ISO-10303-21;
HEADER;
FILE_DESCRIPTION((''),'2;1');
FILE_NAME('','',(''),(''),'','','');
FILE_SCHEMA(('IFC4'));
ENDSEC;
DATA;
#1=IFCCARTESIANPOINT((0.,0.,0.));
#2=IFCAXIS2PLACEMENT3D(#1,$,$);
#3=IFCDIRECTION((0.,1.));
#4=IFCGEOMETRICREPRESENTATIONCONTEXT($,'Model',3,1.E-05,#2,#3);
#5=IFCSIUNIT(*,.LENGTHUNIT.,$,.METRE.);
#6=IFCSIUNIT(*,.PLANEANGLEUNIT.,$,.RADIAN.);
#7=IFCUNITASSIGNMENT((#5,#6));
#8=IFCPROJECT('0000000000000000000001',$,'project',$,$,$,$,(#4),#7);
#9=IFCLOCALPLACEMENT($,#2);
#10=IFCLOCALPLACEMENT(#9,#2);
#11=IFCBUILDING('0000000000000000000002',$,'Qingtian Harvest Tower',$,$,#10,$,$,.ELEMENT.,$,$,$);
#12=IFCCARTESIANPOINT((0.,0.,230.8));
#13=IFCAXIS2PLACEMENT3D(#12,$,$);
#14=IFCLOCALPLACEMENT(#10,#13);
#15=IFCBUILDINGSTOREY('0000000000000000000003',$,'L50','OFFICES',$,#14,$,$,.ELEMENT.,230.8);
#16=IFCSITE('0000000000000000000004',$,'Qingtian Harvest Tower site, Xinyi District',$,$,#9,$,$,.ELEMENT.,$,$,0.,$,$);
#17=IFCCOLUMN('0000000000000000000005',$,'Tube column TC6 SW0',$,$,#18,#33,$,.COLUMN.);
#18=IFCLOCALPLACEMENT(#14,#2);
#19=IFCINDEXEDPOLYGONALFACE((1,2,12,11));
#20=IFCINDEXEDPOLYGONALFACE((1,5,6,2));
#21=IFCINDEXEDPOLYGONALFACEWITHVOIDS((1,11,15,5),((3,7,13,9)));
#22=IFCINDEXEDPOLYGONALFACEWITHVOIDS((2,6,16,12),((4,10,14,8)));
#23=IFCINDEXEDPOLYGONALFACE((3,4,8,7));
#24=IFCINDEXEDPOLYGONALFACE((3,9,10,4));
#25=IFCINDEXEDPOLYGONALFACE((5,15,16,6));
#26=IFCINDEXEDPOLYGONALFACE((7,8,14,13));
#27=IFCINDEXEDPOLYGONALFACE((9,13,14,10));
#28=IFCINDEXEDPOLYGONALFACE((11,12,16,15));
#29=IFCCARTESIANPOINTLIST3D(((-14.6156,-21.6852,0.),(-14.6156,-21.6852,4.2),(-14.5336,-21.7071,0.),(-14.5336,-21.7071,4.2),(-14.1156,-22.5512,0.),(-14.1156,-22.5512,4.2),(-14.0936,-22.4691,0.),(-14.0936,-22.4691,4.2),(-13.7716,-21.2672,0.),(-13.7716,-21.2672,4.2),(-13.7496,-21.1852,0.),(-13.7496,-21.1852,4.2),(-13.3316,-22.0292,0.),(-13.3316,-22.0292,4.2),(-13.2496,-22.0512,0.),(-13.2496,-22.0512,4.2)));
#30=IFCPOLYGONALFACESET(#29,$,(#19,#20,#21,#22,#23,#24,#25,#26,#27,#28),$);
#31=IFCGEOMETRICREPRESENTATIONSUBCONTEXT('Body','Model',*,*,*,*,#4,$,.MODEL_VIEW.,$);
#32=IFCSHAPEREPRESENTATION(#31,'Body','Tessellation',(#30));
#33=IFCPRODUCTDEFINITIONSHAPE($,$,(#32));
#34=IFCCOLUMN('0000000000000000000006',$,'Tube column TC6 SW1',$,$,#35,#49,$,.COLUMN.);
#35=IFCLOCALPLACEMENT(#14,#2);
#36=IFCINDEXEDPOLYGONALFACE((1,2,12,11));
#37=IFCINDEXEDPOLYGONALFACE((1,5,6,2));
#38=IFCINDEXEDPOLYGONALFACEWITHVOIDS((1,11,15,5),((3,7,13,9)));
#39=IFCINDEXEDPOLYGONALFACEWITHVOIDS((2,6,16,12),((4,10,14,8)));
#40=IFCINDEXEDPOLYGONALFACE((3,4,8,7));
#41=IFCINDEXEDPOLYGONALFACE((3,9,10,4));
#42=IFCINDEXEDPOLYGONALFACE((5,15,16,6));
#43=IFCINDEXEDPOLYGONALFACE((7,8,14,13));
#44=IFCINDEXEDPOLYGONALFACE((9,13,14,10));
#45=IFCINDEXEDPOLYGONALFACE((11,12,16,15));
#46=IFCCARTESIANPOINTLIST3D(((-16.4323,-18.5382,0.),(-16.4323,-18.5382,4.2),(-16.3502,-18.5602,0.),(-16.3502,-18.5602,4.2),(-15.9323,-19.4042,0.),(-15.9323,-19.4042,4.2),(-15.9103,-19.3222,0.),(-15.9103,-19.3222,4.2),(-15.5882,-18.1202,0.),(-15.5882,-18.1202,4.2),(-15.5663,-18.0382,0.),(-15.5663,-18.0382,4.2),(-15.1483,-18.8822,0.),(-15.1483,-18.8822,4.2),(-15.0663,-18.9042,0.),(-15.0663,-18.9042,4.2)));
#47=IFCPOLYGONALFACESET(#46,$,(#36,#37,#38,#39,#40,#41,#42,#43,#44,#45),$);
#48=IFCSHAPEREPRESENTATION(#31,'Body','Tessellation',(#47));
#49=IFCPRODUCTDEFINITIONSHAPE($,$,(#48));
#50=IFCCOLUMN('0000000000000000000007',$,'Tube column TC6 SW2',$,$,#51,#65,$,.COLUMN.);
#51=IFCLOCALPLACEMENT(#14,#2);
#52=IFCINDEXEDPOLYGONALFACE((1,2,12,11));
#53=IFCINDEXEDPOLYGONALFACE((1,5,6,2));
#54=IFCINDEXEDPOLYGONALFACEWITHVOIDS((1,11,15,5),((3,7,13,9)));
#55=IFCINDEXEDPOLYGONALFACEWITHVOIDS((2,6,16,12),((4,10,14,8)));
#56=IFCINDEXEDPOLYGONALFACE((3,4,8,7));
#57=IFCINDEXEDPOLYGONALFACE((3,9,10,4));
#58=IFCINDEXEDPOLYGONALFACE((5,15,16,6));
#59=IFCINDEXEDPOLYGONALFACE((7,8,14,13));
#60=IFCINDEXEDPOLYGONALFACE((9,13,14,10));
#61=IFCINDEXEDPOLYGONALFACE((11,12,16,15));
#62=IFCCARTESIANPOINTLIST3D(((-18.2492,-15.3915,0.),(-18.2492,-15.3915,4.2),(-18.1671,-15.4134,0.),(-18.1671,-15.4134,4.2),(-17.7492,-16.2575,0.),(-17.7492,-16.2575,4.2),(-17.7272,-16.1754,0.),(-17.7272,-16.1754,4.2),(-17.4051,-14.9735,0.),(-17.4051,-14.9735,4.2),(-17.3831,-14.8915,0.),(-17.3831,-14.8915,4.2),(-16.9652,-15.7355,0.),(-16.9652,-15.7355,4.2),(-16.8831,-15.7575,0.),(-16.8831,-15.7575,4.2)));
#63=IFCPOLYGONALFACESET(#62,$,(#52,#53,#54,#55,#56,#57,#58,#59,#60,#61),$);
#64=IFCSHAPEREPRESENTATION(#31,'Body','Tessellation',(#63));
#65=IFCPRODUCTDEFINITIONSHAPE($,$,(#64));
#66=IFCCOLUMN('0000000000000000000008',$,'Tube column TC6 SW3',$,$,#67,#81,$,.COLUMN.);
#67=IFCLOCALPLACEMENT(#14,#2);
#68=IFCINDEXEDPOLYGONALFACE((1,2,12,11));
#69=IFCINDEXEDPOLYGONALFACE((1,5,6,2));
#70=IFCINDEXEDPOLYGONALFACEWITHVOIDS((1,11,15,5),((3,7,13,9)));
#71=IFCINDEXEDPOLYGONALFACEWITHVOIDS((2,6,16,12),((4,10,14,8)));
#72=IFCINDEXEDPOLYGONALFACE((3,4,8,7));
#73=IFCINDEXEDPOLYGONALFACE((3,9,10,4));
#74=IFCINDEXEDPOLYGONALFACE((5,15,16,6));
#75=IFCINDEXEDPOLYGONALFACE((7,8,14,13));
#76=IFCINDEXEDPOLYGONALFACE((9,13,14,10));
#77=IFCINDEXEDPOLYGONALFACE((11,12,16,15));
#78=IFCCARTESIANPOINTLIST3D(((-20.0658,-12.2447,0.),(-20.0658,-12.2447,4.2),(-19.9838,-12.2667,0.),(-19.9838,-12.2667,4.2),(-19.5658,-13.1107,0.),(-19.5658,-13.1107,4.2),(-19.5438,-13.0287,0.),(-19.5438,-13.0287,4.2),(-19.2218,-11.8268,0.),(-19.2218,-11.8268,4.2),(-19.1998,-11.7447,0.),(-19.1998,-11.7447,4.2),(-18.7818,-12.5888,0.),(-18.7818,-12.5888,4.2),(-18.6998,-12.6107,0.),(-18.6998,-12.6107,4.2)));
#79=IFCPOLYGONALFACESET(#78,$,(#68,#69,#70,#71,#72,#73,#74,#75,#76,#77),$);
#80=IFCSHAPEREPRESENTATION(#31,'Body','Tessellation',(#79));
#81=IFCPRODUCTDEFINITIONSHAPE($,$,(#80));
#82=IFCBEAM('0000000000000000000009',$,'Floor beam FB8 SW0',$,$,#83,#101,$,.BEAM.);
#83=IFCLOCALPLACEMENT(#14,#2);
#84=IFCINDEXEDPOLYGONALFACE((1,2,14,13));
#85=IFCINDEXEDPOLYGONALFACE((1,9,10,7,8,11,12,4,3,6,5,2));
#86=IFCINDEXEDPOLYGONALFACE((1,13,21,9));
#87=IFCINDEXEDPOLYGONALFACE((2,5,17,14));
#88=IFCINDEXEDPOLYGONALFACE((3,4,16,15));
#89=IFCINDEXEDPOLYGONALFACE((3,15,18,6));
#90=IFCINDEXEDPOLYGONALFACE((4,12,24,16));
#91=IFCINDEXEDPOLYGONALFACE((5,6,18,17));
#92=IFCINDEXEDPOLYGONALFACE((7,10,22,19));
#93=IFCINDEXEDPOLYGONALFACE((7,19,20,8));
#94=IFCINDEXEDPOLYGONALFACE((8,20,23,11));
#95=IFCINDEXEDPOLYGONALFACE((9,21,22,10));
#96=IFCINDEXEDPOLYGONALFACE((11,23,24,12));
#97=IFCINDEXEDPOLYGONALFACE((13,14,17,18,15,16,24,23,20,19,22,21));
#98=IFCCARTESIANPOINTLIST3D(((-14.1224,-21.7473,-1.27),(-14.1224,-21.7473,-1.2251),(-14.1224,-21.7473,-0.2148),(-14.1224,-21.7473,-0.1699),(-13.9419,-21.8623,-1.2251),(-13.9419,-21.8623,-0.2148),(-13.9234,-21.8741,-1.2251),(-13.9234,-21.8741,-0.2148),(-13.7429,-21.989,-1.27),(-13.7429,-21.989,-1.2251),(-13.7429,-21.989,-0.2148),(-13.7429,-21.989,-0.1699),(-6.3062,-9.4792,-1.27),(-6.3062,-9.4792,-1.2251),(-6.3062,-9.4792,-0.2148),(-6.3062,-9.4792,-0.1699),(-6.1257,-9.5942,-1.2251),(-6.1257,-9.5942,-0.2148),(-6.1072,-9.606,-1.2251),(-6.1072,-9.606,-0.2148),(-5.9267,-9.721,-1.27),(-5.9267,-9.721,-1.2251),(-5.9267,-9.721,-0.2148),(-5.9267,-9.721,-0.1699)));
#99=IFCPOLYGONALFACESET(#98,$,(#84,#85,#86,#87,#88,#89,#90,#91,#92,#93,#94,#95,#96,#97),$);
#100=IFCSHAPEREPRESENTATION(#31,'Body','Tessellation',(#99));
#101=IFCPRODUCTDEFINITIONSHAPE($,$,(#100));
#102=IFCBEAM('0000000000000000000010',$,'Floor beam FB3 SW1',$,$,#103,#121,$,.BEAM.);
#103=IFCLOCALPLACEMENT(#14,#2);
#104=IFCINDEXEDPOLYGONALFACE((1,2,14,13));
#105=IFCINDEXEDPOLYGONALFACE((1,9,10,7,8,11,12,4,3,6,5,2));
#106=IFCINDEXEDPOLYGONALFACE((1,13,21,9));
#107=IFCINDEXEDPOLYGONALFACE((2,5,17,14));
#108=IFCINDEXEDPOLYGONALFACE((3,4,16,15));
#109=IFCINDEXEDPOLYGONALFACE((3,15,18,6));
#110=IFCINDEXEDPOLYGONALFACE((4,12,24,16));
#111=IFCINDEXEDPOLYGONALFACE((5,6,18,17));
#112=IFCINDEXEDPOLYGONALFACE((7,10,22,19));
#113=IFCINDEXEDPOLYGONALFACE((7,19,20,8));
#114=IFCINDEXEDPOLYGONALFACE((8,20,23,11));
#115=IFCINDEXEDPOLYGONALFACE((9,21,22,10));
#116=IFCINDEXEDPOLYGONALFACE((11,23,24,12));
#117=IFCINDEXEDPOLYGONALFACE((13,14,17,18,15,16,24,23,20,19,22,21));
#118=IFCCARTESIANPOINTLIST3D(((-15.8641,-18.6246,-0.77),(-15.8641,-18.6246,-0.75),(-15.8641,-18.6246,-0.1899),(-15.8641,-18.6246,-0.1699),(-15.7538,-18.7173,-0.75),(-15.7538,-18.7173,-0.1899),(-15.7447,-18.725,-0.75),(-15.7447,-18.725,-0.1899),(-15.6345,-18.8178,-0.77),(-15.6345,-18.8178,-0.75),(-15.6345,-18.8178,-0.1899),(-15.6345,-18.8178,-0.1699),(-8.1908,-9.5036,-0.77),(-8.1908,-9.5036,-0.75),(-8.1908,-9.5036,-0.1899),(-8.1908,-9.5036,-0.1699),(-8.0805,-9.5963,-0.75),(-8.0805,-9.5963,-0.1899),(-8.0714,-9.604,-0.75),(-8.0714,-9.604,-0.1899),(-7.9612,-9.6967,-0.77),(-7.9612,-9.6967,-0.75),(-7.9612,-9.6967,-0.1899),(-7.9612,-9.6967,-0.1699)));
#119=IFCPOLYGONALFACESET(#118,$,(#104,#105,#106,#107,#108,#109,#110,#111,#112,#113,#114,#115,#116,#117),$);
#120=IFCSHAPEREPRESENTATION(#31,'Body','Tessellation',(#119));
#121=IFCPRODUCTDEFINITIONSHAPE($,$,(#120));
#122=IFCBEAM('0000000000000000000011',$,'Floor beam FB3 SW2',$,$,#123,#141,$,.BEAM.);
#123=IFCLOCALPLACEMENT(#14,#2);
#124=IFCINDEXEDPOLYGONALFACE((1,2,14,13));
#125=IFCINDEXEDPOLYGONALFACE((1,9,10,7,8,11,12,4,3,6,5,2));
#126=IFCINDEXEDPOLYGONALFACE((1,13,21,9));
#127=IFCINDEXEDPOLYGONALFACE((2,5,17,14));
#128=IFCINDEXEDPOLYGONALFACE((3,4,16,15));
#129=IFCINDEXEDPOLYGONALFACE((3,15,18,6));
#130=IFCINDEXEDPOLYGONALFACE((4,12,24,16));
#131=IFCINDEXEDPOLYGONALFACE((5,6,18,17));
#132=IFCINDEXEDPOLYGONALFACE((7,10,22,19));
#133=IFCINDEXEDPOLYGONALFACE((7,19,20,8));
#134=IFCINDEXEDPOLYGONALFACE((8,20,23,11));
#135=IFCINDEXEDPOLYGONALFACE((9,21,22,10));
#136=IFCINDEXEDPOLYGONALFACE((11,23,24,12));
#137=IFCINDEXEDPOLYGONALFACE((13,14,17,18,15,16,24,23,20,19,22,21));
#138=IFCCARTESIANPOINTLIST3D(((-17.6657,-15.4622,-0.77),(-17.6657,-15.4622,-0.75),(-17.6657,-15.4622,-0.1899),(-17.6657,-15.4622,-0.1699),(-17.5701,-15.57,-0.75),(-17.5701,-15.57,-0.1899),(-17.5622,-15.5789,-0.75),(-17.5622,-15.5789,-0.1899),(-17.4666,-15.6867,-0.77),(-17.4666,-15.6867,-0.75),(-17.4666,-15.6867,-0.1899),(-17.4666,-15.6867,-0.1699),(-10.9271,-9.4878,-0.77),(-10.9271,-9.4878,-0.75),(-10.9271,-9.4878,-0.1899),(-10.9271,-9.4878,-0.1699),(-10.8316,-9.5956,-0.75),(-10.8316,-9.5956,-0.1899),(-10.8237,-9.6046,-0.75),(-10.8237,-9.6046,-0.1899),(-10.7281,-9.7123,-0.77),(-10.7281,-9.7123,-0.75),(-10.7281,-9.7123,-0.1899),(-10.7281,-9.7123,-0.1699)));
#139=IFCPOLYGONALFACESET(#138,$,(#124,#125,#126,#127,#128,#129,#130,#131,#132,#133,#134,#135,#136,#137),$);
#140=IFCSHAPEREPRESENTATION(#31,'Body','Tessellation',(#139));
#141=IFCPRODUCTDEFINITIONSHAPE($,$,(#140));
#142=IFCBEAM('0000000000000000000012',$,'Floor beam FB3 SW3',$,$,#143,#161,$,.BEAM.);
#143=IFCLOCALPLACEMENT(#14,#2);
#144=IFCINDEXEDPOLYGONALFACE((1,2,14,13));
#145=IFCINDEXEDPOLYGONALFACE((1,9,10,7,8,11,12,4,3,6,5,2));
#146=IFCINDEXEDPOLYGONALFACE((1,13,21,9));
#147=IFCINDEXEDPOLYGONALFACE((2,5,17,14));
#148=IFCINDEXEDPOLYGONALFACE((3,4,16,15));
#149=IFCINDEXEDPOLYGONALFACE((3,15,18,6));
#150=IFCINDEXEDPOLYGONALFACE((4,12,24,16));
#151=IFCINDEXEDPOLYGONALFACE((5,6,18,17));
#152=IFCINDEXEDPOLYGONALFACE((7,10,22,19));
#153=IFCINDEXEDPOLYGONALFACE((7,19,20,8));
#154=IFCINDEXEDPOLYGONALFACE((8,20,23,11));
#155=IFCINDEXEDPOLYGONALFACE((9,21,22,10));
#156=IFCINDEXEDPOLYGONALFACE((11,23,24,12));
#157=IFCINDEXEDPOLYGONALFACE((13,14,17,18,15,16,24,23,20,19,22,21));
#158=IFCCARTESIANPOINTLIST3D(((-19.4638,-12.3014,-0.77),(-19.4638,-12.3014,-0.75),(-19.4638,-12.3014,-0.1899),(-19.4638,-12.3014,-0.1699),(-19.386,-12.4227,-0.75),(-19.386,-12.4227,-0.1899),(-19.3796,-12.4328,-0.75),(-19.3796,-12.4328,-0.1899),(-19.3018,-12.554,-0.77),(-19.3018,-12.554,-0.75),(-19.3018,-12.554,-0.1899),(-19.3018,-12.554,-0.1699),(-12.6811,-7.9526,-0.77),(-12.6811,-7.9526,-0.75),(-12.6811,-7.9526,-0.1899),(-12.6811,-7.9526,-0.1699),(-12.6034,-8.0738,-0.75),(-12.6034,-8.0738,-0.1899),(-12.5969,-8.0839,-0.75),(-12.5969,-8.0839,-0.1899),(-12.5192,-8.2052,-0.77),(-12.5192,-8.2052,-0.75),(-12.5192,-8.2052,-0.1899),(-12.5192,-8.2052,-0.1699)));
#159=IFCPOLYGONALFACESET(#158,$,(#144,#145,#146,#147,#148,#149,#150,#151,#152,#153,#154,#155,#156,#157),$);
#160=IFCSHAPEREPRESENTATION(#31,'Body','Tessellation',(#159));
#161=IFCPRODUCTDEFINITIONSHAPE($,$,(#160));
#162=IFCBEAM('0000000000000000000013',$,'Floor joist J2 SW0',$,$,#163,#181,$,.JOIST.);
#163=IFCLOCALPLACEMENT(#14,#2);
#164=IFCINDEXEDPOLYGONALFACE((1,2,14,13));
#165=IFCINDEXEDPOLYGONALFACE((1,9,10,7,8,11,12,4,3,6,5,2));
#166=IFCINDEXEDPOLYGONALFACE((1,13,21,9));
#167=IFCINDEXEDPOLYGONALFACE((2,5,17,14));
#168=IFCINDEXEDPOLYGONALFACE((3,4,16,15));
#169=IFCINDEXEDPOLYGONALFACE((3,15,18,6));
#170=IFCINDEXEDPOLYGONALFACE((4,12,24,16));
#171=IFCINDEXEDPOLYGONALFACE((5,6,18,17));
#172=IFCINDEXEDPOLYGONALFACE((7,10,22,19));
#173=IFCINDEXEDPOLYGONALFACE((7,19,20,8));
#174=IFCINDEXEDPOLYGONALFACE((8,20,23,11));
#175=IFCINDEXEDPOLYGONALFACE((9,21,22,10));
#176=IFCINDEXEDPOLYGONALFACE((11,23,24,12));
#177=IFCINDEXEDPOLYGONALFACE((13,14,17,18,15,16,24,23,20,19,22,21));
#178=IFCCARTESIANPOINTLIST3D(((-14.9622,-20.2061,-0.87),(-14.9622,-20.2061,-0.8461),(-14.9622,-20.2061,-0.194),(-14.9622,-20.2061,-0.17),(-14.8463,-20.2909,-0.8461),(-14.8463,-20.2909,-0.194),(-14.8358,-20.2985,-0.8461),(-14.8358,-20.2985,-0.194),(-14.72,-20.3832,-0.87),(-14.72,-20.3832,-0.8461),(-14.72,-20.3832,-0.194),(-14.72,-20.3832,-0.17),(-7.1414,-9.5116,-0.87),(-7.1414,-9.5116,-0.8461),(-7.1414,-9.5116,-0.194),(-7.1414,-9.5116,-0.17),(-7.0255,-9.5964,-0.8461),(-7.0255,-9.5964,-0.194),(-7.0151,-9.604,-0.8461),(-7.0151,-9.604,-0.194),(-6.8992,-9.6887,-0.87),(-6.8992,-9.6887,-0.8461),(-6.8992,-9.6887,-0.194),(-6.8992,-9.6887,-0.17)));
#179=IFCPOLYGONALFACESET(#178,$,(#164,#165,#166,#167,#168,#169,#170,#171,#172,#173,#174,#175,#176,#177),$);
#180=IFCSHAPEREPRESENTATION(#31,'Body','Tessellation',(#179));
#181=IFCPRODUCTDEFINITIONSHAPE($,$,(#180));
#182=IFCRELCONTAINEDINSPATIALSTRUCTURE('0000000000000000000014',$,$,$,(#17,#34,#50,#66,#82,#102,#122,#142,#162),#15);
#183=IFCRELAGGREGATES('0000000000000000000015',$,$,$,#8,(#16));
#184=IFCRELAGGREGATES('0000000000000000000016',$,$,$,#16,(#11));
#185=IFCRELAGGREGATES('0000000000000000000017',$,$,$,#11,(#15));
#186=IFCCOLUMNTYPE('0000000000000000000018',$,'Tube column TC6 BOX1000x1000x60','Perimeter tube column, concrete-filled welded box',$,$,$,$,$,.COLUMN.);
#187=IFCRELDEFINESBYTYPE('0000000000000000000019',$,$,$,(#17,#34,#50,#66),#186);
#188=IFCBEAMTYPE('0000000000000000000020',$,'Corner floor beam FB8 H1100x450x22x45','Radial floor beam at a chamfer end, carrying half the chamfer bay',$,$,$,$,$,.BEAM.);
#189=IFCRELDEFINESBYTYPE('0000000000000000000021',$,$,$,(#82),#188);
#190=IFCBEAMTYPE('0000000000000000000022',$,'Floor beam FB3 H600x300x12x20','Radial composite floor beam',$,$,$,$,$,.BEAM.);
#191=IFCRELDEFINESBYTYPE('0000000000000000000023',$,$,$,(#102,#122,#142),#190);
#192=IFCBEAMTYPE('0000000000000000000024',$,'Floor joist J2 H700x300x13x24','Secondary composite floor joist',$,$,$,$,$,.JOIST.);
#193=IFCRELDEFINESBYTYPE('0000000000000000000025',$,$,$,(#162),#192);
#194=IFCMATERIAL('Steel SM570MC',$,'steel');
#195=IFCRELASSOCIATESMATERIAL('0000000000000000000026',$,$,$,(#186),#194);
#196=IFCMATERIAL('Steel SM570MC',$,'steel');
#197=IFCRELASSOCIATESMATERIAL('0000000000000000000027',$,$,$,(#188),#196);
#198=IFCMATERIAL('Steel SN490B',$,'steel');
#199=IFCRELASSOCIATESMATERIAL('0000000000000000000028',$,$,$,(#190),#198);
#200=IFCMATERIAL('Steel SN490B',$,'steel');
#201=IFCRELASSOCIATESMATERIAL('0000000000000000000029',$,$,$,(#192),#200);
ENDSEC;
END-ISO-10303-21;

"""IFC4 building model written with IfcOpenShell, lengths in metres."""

from ifc_helpers import new_model, si_unit, direction, frame, origin, origin_2d, place, context, subcontext, project, spatial, hollow_rectangle, i_section, extrude, material, material_profile, profile_set, type_object, element, save


model = new_model("IFC4")

# Units and contexts
model_context = context("Model", 3, precision=1e-05, world=origin(), true_north=direction((0.0, 1.0)))
body_context = subcontext(model_context, "Body", "Model", "MODEL_VIEW")
ifc_project = project(units=[si_unit("LENGTHUNIT", "METRE"), si_unit("PLANEANGLEUNIT", "RADIAN")], contexts=[model_context])

# Site, building, storey
site_placement = place(None, origin())
site = spatial("IfcSite", under=ifc_project, at=site_placement, Name="Qingtian Harvest Tower site, Xinyi District", CompositionType="ELEMENT", RefElevation=0.0)
building_placement = place(site_placement, origin())
building = spatial("IfcBuilding", under=site, at=building_placement, Name="Qingtian Harvest Tower", CompositionType="ELEMENT")
storey_placement = place(building_placement, frame((0.0, 0.0, 230.8)))
storey = spatial("IfcBuildingStorey", under=building, at=storey_placement, Name="L50", Description="OFFICES", CompositionType="ELEMENT", Elevation=230.8)

# Columns
ifc_material_1 = material(Name="Steel SM570MC", Category="steel")
ifc_material_profile_1 = material_profile(ifc_material_1, hollow_rectangle(XDim=1.0, YDim=1.0, WallThickness=0.0601, at=origin_2d()), Name="BOX1000x1000x60")
ifc_profile_set_1 = profile_set([ifc_material_profile_1], Name="Steel SM570MC")
column_type = type_object("IfcColumnType", Name="Tube column TC6 BOX1000x1000x60", Description="Perimeter tube column, concrete-filled welded box", PredefinedType="COLUMN", material=ifc_profile_set_1)
for number, where, z_axis, x_axis, name in (
    (1, (-13.9326, -21.8682, 0.0), (0.0, 0.0, 1.0), (0.5, -0.866025, 0.0), "Tube column TC6 SW0"),
    (2, (-15.7493, -18.7212, 0.0), (0.0, 0.0, 1.0), (0.5, -0.866025, 0.0), "Tube column TC6 SW1"),
    (3, (-17.5662, -15.5745, 0.0), (0.0, 0.0, 1.0), (0.5, -0.866025, 0.0), "Tube column TC6 SW2"),
    (4, (-19.3828, -12.4277, 0.0), (0.0, 0.0, 1.0), (0.5, -0.866025, 0.0), "Tube column TC6 SW3"),
):
    element("IfcColumn", number, at=place(storey_placement, frame(where, z_axis=z_axis, x_axis=x_axis)), inside=storey, type_object=column_type, Name=name, PredefinedType="COLUMN", context=body_context, shape_type="SweptSolid", body=[
        extrude(hollow_rectangle(XDim=1.0, YDim=1.0, WallThickness=0.0601, at=origin_2d()), origin(), (0.0, 0.0, 1.0), 4.2),
    ])

# Beams
ifc_material_2 = material(Name="Steel SM570MC", Category="steel")
ifc_material_profile_2 = material_profile(ifc_material_2, i_section(OverallWidth=0.45, OverallDepth=1.1001, WebThickness=0.022, FlangeThickness=0.0449, at=origin_2d()), Name="H1100x450x22x45")
ifc_profile_set_2 = profile_set([ifc_material_profile_2], Name="Steel SM570MC")
beam_type_1 = type_object("IfcBeamType", Name="Corner floor beam FB8 H1100x450x22x45", Description="Radial floor beam at a chamfer end, carrying half the chamfer bay", PredefinedType="BEAM", material=ifc_profile_set_2)
beam_1_placement = place(storey_placement, frame((-13.9326, -21.8682, -0.72), z_axis=(0.537326, 0.843375, 0.0), x_axis=(-0.843375, 0.537326, 0.0)))
element("IfcBeam", 5, at=beam_1_placement, inside=storey, type_object=beam_type_1, Name="Floor beam FB8 SW0", PredefinedType="BEAM", context=body_context, shape_type="SweptSolid", body=[
    extrude(i_section(OverallWidth=0.45, OverallDepth=1.1001, WebThickness=0.022, FlangeThickness=0.0449, at=origin_2d()), origin(), (0.0, 0.0, 1.0), 14.5464),
])
ifc_material_3 = material(Name="Steel SN490B", Category="steel")
ifc_material_profile_3 = material_profile(ifc_material_3, i_section(OverallWidth=0.3, OverallDepth=0.6001, WebThickness=0.012, FlangeThickness=0.02, at=origin_2d()), Name="H600x300x12x20")
ifc_profile_set_3 = profile_set([ifc_material_profile_3], Name="Steel SN490B")
beam_type_2 = type_object("IfcBeamType", Name="Floor beam FB3 H600x300x12x20", Description="Radial composite floor beam", PredefinedType="BEAM", material=ifc_profile_set_3)
beam_2_placement = place(storey_placement, frame((-15.7493, -18.7212, -0.47), z_axis=(0.643764, 0.765224, 0.0), x_axis=(-0.765224, 0.643764, 0.0)))
element("IfcBeam", 6, at=beam_2_placement, inside=storey, type_object=beam_type_2, Name="Floor beam FB3 SW1", PredefinedType="BEAM", context=body_context, shape_type="SweptSolid", body=[
    extrude(i_section(OverallWidth=0.3, OverallDepth=0.6001, WebThickness=0.012, FlangeThickness=0.02, at=origin_2d()), origin(), (0.0, 0.0, 1.0), 11.9194),
])
beam_3_placement = place(storey_placement, frame((-17.5662, -15.5745, -0.47), z_axis=(0.74826, 0.663406, 0.0), x_axis=(-0.663406, 0.74826, 0.0)))
element("IfcBeam", 7, at=beam_3_placement, inside=storey, type_object=beam_type_2, Name="Floor beam FB3 SW2", PredefinedType="BEAM", context=body_context, shape_type="SweptSolid", body=[
    extrude(i_section(OverallWidth=0.3, OverallDepth=0.6001, WebThickness=0.012, FlangeThickness=0.02, at=origin_2d()), origin(), (0.0, 0.0, 1.0), 9.0056),
])
beam_4_placement = place(storey_placement, frame((-19.3828, -12.4277, -0.47), z_axis=(0.841824, 0.539753, 0.0), x_axis=(-0.539753, 0.841824, 0.0)))
element("IfcBeam", 8, at=beam_4_placement, inside=storey, type_object=beam_type_2, Name="Floor beam FB3 SW3", PredefinedType="BEAM", context=body_context, shape_type="SweptSolid", body=[
    extrude(i_section(OverallWidth=0.3, OverallDepth=0.6001, WebThickness=0.012, FlangeThickness=0.02, at=origin_2d()), origin(), (0.0, 0.0, 1.0), 8.0571),
])
ifc_material_4 = material(Name="Steel SN490B", Category="steel")
ifc_material_profile_4 = material_profile(ifc_material_4, i_section(OverallWidth=0.3, OverallDepth=0.7, WebThickness=0.0129, FlangeThickness=0.0239, at=origin_2d()), Name="H700x300x13x24")
ifc_profile_set_4 = profile_set([ifc_material_profile_4], Name="Steel SN490B")
beam_type_3 = type_object("IfcBeamType", Name="Floor joist J2 H700x300x13x24", Description="Secondary composite floor joist", PredefinedType="JOIST", material=ifc_profile_set_4)
beam_5_placement = place(storey_placement, frame((-14.8411, -20.2947, -0.52), z_axis=(0.590289, 0.807192, 0.0), x_axis=(-0.807192, 0.590289, 0.0)))
element("IfcBeam", 9, at=beam_5_placement, inside=storey, type_object=beam_type_3, Name="Floor joist J2 SW0", PredefinedType="JOIST", context=body_context, shape_type="SweptSolid", body=[
    extrude(i_section(OverallWidth=0.3, OverallDepth=0.7, WebThickness=0.0129, FlangeThickness=0.0239, at=origin_2d()), origin(), (0.0, 0.0, 1.0), 13.249),
])

save(model, "model.ifc")
